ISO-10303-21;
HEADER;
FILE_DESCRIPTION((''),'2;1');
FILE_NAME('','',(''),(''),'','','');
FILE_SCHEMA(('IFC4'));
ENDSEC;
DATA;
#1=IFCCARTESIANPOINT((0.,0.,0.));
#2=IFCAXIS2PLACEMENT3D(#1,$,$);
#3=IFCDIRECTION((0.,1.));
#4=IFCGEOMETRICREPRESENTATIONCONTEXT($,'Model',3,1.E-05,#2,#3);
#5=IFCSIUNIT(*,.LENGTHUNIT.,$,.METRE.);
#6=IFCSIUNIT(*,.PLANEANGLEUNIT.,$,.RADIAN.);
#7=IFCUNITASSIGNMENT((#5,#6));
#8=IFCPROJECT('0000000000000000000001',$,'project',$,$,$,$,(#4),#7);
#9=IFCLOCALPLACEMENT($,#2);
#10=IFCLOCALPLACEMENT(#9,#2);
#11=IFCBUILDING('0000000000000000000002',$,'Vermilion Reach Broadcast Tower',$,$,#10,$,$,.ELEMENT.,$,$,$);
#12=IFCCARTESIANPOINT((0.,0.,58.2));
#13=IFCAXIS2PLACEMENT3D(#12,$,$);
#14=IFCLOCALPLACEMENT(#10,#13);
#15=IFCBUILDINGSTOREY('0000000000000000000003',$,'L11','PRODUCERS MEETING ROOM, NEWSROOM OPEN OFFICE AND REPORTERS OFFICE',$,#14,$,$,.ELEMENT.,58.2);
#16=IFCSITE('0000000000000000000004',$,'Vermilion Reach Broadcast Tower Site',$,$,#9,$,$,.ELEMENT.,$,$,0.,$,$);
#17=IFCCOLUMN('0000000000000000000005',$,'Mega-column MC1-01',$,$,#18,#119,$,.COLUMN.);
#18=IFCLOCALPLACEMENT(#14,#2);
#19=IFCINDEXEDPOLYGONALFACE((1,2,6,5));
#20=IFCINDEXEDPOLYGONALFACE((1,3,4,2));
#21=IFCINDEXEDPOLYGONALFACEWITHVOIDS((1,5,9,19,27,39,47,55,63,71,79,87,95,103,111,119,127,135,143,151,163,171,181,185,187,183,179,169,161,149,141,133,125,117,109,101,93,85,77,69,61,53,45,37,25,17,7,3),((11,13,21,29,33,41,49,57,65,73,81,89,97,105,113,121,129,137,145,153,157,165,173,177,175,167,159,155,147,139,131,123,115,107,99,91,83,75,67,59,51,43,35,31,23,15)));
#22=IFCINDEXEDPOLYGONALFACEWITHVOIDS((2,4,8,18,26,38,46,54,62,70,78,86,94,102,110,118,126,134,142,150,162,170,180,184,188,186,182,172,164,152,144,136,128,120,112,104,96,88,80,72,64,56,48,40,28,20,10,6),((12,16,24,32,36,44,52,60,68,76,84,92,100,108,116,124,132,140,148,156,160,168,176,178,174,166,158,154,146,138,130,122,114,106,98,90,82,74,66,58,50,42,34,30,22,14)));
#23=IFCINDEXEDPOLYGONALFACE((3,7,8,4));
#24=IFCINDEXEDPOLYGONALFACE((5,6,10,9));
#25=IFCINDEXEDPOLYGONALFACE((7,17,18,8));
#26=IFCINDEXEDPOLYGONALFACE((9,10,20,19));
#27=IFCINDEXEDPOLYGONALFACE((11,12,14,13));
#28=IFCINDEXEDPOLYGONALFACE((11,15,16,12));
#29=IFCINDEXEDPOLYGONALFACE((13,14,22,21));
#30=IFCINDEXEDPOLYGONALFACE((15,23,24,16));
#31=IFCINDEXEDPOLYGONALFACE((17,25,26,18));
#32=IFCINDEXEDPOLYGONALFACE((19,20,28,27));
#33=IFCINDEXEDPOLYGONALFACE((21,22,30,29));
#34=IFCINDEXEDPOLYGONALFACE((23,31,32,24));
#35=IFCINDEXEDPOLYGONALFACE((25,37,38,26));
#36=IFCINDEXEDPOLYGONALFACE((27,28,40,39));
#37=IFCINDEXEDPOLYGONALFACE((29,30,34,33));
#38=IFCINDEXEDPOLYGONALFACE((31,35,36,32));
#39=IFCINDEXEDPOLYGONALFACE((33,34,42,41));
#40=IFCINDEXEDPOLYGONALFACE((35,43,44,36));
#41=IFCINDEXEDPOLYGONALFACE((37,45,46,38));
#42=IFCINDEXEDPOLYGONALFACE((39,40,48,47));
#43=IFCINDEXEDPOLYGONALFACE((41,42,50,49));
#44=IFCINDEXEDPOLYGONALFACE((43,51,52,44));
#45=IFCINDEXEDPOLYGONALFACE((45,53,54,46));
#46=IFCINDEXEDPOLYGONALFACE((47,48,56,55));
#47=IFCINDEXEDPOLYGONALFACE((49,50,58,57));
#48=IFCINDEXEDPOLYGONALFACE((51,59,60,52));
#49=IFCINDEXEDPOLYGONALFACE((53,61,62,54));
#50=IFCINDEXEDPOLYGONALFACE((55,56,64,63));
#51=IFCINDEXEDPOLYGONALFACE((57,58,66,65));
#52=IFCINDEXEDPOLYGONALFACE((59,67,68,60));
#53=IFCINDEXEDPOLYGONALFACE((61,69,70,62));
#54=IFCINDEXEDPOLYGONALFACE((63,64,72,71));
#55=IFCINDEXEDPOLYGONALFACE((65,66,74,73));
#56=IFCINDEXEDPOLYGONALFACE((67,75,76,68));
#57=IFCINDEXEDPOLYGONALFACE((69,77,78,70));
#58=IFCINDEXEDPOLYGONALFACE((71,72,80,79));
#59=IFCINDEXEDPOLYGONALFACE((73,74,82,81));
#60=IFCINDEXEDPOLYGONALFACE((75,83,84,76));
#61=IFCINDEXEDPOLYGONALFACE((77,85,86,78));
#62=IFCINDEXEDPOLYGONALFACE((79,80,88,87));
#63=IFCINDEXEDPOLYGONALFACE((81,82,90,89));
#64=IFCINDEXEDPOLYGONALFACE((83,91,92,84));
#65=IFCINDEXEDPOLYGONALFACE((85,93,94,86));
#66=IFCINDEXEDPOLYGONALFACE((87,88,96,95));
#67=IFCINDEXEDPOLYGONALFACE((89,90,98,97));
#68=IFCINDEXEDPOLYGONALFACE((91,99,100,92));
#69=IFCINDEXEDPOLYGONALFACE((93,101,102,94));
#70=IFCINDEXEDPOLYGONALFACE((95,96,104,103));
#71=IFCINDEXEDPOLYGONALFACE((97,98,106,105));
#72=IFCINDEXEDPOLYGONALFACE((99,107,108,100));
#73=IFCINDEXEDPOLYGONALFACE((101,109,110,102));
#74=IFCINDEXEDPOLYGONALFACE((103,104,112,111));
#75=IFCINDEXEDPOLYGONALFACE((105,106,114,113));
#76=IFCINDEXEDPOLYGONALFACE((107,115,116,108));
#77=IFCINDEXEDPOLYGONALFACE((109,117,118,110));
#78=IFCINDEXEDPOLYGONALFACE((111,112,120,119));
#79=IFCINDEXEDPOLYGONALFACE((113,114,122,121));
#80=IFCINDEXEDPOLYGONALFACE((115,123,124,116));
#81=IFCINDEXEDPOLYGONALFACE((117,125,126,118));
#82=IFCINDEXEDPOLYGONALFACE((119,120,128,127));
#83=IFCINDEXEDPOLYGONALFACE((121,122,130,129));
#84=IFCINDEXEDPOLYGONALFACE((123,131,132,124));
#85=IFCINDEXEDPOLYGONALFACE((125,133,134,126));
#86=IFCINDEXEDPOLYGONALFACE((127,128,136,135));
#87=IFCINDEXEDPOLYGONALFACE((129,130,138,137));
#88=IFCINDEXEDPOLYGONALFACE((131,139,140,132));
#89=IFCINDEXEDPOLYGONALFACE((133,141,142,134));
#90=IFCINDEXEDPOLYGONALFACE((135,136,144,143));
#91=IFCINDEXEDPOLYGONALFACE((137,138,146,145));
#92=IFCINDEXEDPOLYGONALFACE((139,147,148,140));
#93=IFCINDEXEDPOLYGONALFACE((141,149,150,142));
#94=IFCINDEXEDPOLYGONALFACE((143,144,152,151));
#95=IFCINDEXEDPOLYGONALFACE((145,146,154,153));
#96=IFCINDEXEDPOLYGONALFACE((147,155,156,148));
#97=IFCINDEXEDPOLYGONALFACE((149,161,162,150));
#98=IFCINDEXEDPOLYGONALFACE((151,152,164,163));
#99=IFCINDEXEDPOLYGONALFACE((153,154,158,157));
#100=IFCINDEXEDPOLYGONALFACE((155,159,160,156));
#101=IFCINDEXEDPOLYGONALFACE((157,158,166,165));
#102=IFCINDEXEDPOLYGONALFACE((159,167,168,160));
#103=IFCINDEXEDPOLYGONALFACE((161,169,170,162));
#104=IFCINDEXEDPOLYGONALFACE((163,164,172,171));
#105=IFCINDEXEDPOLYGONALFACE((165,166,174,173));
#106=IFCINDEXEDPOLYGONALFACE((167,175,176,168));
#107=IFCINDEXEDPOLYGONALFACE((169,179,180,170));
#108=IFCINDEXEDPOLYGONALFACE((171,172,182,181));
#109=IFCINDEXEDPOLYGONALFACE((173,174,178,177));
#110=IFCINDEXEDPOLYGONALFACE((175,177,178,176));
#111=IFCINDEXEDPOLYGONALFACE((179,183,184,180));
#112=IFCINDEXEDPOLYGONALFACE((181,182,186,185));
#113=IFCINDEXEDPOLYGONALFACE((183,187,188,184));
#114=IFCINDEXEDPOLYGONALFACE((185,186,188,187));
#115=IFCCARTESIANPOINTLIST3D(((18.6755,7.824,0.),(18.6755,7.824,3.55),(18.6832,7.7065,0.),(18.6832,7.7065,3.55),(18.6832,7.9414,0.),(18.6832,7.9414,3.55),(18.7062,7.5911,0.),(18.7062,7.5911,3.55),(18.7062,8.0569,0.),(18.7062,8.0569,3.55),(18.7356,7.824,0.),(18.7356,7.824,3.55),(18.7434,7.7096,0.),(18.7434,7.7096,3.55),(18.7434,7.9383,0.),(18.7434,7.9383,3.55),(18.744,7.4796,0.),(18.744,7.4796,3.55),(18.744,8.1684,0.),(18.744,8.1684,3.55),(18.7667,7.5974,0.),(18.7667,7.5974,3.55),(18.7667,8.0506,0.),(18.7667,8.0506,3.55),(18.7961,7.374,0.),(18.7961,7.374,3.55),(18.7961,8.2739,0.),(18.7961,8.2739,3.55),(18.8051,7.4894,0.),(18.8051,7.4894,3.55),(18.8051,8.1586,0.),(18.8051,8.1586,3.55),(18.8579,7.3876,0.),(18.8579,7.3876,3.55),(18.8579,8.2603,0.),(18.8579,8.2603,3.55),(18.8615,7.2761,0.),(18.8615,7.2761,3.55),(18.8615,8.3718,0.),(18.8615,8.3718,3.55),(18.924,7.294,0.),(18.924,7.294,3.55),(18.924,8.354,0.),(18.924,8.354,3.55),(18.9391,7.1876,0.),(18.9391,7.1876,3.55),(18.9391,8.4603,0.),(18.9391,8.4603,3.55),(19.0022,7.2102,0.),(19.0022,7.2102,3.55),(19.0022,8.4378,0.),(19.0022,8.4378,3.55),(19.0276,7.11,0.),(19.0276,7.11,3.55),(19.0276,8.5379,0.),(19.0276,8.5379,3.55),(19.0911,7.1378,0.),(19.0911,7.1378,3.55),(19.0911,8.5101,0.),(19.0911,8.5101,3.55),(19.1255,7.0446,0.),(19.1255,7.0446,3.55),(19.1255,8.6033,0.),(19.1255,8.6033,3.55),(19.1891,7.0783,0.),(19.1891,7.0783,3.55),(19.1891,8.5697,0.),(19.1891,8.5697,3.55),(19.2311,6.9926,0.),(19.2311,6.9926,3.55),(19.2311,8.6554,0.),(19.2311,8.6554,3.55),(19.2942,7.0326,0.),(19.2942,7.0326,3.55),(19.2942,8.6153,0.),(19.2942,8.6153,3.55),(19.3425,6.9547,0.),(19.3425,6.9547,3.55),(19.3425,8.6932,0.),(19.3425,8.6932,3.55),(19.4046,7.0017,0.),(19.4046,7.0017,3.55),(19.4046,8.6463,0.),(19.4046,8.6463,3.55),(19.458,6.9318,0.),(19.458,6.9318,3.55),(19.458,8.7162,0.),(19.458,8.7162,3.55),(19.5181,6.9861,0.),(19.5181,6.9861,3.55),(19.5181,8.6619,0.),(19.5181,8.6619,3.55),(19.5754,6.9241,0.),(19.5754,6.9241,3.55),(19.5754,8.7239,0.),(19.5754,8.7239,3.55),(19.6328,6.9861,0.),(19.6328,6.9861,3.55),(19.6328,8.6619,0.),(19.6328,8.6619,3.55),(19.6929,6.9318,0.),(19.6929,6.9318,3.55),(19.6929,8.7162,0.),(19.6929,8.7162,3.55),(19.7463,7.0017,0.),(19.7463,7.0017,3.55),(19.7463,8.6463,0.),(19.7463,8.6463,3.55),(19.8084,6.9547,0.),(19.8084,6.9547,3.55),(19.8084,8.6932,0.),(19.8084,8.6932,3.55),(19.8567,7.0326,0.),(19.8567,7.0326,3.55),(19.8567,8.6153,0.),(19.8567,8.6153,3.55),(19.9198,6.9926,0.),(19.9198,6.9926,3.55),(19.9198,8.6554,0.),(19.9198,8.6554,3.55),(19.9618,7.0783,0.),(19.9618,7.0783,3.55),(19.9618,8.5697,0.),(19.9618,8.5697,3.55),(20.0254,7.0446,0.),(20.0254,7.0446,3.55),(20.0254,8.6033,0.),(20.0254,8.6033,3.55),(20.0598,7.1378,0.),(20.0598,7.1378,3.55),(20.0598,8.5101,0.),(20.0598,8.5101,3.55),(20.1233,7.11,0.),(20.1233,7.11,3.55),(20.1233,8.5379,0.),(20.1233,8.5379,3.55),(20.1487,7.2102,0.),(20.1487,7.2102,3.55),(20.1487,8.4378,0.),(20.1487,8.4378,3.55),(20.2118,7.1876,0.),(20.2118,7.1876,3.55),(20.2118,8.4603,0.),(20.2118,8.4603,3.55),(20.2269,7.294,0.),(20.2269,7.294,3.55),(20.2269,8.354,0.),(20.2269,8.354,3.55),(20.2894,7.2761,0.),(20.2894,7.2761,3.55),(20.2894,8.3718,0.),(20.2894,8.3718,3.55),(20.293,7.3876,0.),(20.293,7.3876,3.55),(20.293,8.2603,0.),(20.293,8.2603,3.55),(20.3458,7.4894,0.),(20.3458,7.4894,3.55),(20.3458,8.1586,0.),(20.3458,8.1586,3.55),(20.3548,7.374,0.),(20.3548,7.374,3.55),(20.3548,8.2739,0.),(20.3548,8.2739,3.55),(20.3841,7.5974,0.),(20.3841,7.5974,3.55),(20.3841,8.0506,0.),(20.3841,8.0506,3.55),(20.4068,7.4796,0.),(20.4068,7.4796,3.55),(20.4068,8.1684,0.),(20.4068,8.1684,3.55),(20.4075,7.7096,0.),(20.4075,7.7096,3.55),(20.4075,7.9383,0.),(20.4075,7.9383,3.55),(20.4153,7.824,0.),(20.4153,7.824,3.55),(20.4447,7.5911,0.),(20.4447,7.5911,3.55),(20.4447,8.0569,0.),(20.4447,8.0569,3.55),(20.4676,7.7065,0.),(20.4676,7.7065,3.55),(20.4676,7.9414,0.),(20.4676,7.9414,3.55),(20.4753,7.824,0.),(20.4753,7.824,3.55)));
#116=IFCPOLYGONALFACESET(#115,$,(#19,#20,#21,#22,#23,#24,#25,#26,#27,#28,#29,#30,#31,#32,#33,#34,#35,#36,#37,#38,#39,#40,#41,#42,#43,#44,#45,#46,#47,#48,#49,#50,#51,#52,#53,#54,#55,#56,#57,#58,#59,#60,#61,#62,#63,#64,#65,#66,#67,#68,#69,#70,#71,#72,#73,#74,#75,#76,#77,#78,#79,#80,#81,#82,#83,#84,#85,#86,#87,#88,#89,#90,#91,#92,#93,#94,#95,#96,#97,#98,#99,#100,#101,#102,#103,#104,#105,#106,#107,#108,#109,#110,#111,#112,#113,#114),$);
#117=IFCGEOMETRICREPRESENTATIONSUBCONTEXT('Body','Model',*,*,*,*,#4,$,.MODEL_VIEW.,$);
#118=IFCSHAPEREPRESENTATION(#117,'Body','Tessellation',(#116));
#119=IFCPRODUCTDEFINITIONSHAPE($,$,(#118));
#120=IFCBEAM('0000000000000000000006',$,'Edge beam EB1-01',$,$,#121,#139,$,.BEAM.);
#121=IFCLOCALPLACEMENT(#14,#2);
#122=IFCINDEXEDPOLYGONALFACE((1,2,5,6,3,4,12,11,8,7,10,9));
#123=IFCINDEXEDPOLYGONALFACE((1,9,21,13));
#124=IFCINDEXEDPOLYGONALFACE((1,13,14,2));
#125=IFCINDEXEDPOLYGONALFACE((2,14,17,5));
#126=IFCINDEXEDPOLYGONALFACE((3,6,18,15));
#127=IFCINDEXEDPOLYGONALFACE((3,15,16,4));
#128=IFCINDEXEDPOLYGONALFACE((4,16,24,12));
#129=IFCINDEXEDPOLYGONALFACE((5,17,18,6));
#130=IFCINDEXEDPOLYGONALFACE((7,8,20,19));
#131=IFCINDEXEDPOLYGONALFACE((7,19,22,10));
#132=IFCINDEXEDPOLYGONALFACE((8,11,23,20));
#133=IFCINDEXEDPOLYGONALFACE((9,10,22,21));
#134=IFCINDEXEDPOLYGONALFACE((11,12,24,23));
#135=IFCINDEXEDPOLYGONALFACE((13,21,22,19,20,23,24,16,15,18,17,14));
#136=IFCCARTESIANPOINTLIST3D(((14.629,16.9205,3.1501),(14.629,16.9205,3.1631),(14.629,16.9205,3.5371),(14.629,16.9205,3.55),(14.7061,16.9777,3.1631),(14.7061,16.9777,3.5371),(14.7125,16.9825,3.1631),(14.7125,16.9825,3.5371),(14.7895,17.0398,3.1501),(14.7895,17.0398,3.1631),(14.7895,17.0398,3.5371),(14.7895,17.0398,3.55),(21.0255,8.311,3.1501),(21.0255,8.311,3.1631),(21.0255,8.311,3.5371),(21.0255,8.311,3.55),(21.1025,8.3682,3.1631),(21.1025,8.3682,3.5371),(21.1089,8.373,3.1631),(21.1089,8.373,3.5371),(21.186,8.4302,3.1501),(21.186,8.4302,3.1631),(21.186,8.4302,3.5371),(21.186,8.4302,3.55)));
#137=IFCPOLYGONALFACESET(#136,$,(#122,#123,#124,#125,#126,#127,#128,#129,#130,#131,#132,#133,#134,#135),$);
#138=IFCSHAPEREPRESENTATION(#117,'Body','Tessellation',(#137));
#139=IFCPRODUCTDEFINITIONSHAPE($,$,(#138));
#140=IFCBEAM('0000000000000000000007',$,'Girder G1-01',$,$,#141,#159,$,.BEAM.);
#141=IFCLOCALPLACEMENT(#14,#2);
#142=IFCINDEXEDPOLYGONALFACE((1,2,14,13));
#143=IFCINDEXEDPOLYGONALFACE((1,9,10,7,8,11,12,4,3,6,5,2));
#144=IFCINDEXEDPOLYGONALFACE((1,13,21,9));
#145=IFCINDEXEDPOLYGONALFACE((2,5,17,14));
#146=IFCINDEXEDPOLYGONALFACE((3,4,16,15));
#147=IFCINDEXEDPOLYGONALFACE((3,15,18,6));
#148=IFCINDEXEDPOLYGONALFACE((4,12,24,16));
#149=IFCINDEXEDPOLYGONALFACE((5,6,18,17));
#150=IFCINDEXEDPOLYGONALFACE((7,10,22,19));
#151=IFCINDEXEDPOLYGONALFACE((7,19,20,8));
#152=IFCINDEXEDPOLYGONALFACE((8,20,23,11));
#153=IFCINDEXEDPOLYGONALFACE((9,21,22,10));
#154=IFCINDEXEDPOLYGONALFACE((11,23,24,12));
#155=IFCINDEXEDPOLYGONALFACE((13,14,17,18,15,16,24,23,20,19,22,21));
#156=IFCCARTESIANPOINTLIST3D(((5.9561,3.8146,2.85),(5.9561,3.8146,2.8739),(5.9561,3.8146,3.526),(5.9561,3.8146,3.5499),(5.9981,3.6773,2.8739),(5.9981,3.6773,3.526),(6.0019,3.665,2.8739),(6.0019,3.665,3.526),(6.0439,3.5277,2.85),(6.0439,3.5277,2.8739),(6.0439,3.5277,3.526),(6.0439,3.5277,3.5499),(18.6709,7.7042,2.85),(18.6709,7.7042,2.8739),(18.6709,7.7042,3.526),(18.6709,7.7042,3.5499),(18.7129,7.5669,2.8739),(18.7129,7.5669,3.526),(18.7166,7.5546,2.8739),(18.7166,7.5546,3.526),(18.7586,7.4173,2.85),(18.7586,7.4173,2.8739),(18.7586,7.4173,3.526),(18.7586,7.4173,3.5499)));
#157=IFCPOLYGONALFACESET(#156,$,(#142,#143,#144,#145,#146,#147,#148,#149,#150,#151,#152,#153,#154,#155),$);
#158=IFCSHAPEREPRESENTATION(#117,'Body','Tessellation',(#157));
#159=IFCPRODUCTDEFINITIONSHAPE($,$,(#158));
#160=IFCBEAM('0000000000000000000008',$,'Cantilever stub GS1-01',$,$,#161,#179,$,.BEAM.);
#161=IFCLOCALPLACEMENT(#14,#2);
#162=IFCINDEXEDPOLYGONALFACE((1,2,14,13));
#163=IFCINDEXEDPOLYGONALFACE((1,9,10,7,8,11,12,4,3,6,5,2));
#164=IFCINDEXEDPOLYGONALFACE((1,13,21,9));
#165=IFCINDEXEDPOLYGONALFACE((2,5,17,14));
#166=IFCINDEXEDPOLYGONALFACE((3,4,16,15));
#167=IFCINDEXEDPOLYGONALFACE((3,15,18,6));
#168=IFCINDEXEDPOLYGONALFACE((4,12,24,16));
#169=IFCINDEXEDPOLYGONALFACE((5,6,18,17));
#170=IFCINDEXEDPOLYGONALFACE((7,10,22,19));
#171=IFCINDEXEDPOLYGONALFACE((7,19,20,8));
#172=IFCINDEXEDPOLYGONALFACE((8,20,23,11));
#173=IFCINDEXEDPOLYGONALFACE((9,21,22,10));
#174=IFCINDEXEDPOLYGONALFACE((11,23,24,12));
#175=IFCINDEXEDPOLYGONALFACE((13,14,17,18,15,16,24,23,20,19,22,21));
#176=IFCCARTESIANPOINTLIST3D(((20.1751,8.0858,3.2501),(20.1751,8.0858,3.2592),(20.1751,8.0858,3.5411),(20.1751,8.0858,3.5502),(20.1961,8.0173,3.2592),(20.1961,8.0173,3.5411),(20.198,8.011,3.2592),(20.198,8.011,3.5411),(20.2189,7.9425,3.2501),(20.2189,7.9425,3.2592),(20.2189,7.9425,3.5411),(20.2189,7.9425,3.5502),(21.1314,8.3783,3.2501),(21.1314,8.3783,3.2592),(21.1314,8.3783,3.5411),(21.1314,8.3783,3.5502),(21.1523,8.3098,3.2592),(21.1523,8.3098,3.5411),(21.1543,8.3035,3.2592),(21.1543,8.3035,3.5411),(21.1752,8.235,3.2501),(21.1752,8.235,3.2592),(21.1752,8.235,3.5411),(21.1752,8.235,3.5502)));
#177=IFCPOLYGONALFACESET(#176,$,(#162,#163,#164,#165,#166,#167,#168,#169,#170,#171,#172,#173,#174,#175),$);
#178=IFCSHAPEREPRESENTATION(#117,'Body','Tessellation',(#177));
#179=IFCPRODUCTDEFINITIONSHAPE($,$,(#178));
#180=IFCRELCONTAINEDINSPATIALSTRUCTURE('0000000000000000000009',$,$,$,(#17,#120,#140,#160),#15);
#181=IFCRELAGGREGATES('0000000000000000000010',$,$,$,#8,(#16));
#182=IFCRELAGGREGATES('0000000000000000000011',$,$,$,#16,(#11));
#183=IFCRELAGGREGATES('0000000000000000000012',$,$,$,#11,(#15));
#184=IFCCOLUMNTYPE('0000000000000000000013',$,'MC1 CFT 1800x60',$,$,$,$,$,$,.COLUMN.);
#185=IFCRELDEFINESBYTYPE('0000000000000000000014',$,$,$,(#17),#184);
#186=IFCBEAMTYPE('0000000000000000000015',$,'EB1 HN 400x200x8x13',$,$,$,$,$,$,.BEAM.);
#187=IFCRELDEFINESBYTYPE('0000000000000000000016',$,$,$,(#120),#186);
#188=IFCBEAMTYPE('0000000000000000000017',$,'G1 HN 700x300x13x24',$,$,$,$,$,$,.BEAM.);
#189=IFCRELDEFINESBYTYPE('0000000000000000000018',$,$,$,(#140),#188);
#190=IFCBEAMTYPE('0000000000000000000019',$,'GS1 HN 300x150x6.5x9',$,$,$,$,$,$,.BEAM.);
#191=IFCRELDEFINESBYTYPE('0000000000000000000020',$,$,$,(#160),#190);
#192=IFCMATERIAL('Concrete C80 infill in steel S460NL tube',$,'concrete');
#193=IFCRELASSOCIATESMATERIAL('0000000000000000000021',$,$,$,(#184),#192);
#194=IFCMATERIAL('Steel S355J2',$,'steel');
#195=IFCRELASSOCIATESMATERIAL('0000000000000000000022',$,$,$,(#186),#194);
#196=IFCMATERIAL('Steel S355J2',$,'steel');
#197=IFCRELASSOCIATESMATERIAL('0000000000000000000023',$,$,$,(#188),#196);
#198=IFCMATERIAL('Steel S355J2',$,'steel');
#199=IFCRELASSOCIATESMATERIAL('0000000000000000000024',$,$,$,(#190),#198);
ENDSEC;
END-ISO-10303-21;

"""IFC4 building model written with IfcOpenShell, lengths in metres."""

from ifc_helpers import new_model, si_unit, direction, frame, origin, origin_2d, place, context, subcontext, project, spatial, hollow_circle, i_section, extrude, material, material_profile, profile_set, type_object, element, save


model = new_model("IFC4")

# Units and contexts
model_context = context("Model", 3, precision=1e-05, world=origin(), true_north=direction((0.0, 1.0)))
body_context = subcontext(model_context, "Body", "Model", "MODEL_VIEW")
ifc_project = project(units=[si_unit("LENGTHUNIT", "METRE"), si_unit("PLANEANGLEUNIT", "RADIAN")], contexts=[model_context])

# Site, building, storey
site_placement = place(None, origin())
site = spatial("IfcSite", under=ifc_project, at=site_placement, Name="Vermilion Reach Broadcast Tower Site", CompositionType="ELEMENT", RefElevation=0.0)
building_placement = place(site_placement, origin())
building = spatial("IfcBuilding", under=site, at=building_placement, Name="Vermilion Reach Broadcast Tower", CompositionType="ELEMENT")
storey_placement = place(building_placement, frame((0.0, 0.0, 58.2)))
storey = spatial("IfcBuildingStorey", under=building, at=storey_placement, Name="L11", Description="PRODUCERS MEETING ROOM, NEWSROOM OPEN OFFICE AND REPORTERS OFFICE", CompositionType="ELEMENT", Elevation=58.2)

# Column
ifc_material_1 = material(Name="Concrete C80 infill in steel S460NL tube", Category="concrete")
ifc_material_profile_1 = material_profile(ifc_material_1, hollow_circle(Radius=0.8999, WallThickness=0.0601, at=origin_2d()), Name="Concrete C80 infill in steel S460NL tube CFT 1800x60")
ifc_profile_set_1 = profile_set([ifc_material_profile_1], Name="Concrete C80 infill in steel S460NL tube")
column_type = type_object("IfcColumnType", Name="MC1 CFT 1800x60", PredefinedType="COLUMN", material=ifc_profile_set_1)
column_placement = place(storey_placement, frame((19.5754, 7.824, 0.0), z_axis=(0.0, 0.0, 1.0), x_axis=(1.0, 0.0, 0.0)))
element("IfcColumn", 1, at=column_placement, inside=storey, type_object=column_type, Name="Mega-column MC1-01", PredefinedType="COLUMN", context=body_context, shape_type="SweptSolid", body=[
    extrude(hollow_circle(Radius=0.8999, WallThickness=0.0601, at=origin_2d()), origin(), (0.0, 0.0, 1.0), 3.55),
])

# Beams
ifc_material_2 = material(Name="Steel S355J2", Category="steel")
ifc_material_profile_2 = material_profile(ifc_material_2, i_section(OverallWidth=0.2, OverallDepth=0.3999, WebThickness=0.0081, FlangeThickness=0.0129, at=origin_2d()), Name="S355J2 HN 400x200x8x13")
ifc_profile_set_2 = profile_set([ifc_material_profile_2], Name="Steel S355J2")
beam_type_1 = type_object("IfcBeamType", Name="EB1 HN 400x200x8x13", PredefinedType="BEAM", material=ifc_profile_set_2)
beam_1_placement = place(storey_placement, frame((21.1057, 8.3706, 3.3501), z_axis=(-0.59637, 0.80271, 0.0), x_axis=(-0.80271, -0.59637, 0.0)))
element("IfcBeam", 2, at=beam_1_placement, inside=storey, type_object=beam_type_1, Name="Edge beam EB1-01", PredefinedType="BEAM", context=body_context, shape_type="SweptSolid", body=[
    extrude(i_section(OverallWidth=0.2, OverallDepth=0.3999, WebThickness=0.0081, FlangeThickness=0.0129, at=origin_2d()), origin(), (0.0, 0.0, 1.0), 10.7256),
])
ifc_material_3 = material(Name="Steel S355J2", Category="steel")
ifc_material_profile_3 = material_profile(ifc_material_3, i_section(OverallWidth=0.3, OverallDepth=0.7, WebThickness=0.0129, FlangeThickness=0.0239, at=origin_2d()), Name="S355J2 HN 700x300x13x24")
ifc_profile_set_3 = profile_set([ifc_material_profile_3], Name="Steel S355J2")
beam_type_2 = type_object("IfcBeamType", Name="G1 HN 700x300x13x24", PredefinedType="BEAM", material=ifc_profile_set_3)
beam_2_placement = place(storey_placement, frame((6.0, 3.6711, 3.2), z_axis=(0.956256, 0.292532, 0.0), x_axis=(-0.292532, 0.956256, 0.0)))
element("IfcBeam", 3, at=beam_2_placement, inside=storey, type_object=beam_type_2, Name="Girder G1-01", PredefinedType="BEAM", context=body_context, shape_type="SweptSolid", body=[
    extrude(i_section(OverallWidth=0.3, OverallDepth=0.7, WebThickness=0.0129, FlangeThickness=0.0239, at=origin_2d()), origin(), (0.0, 0.0, 1.0), 13.2964),
])
ifc_material_4 = material(Name="Steel S355J2", Category="steel")
ifc_material_profile_4 = material_profile(ifc_material_4, i_section(OverallWidth=0.1499, OverallDepth=0.3, WebThickness=0.0066, FlangeThickness=0.009, at=origin_2d()), Name="S355J2 HN 300x150x6.5x9")
ifc_profile_set_4 = profile_set([ifc_material_profile_4], Name="Steel S355J2")
beam_type_3 = type_object("IfcBeamType", Name="GS1 HN 300x150x6.5x9", PredefinedType="BEAM", material=ifc_profile_set_4)
beam_3_placement = place(storey_placement, frame((20.197, 8.0142, 3.4001), z_axis=(0.956274, 0.292473, 0.0), x_axis=(-0.292473, 0.956274, 0.0)))
element("IfcBeam", 4, at=beam_3_placement, inside=storey, type_object=beam_type_3, Name="Cantilever stub GS1-01", PredefinedType="BEAM", context=body_context, shape_type="SweptSolid", body=[
    extrude(i_section(OverallWidth=0.1499, OverallDepth=0.3, WebThickness=0.0066, FlangeThickness=0.009, at=origin_2d()), origin(), (0.0, 0.0, 1.0), 1.0),
])

save(model, "model.ifc")
